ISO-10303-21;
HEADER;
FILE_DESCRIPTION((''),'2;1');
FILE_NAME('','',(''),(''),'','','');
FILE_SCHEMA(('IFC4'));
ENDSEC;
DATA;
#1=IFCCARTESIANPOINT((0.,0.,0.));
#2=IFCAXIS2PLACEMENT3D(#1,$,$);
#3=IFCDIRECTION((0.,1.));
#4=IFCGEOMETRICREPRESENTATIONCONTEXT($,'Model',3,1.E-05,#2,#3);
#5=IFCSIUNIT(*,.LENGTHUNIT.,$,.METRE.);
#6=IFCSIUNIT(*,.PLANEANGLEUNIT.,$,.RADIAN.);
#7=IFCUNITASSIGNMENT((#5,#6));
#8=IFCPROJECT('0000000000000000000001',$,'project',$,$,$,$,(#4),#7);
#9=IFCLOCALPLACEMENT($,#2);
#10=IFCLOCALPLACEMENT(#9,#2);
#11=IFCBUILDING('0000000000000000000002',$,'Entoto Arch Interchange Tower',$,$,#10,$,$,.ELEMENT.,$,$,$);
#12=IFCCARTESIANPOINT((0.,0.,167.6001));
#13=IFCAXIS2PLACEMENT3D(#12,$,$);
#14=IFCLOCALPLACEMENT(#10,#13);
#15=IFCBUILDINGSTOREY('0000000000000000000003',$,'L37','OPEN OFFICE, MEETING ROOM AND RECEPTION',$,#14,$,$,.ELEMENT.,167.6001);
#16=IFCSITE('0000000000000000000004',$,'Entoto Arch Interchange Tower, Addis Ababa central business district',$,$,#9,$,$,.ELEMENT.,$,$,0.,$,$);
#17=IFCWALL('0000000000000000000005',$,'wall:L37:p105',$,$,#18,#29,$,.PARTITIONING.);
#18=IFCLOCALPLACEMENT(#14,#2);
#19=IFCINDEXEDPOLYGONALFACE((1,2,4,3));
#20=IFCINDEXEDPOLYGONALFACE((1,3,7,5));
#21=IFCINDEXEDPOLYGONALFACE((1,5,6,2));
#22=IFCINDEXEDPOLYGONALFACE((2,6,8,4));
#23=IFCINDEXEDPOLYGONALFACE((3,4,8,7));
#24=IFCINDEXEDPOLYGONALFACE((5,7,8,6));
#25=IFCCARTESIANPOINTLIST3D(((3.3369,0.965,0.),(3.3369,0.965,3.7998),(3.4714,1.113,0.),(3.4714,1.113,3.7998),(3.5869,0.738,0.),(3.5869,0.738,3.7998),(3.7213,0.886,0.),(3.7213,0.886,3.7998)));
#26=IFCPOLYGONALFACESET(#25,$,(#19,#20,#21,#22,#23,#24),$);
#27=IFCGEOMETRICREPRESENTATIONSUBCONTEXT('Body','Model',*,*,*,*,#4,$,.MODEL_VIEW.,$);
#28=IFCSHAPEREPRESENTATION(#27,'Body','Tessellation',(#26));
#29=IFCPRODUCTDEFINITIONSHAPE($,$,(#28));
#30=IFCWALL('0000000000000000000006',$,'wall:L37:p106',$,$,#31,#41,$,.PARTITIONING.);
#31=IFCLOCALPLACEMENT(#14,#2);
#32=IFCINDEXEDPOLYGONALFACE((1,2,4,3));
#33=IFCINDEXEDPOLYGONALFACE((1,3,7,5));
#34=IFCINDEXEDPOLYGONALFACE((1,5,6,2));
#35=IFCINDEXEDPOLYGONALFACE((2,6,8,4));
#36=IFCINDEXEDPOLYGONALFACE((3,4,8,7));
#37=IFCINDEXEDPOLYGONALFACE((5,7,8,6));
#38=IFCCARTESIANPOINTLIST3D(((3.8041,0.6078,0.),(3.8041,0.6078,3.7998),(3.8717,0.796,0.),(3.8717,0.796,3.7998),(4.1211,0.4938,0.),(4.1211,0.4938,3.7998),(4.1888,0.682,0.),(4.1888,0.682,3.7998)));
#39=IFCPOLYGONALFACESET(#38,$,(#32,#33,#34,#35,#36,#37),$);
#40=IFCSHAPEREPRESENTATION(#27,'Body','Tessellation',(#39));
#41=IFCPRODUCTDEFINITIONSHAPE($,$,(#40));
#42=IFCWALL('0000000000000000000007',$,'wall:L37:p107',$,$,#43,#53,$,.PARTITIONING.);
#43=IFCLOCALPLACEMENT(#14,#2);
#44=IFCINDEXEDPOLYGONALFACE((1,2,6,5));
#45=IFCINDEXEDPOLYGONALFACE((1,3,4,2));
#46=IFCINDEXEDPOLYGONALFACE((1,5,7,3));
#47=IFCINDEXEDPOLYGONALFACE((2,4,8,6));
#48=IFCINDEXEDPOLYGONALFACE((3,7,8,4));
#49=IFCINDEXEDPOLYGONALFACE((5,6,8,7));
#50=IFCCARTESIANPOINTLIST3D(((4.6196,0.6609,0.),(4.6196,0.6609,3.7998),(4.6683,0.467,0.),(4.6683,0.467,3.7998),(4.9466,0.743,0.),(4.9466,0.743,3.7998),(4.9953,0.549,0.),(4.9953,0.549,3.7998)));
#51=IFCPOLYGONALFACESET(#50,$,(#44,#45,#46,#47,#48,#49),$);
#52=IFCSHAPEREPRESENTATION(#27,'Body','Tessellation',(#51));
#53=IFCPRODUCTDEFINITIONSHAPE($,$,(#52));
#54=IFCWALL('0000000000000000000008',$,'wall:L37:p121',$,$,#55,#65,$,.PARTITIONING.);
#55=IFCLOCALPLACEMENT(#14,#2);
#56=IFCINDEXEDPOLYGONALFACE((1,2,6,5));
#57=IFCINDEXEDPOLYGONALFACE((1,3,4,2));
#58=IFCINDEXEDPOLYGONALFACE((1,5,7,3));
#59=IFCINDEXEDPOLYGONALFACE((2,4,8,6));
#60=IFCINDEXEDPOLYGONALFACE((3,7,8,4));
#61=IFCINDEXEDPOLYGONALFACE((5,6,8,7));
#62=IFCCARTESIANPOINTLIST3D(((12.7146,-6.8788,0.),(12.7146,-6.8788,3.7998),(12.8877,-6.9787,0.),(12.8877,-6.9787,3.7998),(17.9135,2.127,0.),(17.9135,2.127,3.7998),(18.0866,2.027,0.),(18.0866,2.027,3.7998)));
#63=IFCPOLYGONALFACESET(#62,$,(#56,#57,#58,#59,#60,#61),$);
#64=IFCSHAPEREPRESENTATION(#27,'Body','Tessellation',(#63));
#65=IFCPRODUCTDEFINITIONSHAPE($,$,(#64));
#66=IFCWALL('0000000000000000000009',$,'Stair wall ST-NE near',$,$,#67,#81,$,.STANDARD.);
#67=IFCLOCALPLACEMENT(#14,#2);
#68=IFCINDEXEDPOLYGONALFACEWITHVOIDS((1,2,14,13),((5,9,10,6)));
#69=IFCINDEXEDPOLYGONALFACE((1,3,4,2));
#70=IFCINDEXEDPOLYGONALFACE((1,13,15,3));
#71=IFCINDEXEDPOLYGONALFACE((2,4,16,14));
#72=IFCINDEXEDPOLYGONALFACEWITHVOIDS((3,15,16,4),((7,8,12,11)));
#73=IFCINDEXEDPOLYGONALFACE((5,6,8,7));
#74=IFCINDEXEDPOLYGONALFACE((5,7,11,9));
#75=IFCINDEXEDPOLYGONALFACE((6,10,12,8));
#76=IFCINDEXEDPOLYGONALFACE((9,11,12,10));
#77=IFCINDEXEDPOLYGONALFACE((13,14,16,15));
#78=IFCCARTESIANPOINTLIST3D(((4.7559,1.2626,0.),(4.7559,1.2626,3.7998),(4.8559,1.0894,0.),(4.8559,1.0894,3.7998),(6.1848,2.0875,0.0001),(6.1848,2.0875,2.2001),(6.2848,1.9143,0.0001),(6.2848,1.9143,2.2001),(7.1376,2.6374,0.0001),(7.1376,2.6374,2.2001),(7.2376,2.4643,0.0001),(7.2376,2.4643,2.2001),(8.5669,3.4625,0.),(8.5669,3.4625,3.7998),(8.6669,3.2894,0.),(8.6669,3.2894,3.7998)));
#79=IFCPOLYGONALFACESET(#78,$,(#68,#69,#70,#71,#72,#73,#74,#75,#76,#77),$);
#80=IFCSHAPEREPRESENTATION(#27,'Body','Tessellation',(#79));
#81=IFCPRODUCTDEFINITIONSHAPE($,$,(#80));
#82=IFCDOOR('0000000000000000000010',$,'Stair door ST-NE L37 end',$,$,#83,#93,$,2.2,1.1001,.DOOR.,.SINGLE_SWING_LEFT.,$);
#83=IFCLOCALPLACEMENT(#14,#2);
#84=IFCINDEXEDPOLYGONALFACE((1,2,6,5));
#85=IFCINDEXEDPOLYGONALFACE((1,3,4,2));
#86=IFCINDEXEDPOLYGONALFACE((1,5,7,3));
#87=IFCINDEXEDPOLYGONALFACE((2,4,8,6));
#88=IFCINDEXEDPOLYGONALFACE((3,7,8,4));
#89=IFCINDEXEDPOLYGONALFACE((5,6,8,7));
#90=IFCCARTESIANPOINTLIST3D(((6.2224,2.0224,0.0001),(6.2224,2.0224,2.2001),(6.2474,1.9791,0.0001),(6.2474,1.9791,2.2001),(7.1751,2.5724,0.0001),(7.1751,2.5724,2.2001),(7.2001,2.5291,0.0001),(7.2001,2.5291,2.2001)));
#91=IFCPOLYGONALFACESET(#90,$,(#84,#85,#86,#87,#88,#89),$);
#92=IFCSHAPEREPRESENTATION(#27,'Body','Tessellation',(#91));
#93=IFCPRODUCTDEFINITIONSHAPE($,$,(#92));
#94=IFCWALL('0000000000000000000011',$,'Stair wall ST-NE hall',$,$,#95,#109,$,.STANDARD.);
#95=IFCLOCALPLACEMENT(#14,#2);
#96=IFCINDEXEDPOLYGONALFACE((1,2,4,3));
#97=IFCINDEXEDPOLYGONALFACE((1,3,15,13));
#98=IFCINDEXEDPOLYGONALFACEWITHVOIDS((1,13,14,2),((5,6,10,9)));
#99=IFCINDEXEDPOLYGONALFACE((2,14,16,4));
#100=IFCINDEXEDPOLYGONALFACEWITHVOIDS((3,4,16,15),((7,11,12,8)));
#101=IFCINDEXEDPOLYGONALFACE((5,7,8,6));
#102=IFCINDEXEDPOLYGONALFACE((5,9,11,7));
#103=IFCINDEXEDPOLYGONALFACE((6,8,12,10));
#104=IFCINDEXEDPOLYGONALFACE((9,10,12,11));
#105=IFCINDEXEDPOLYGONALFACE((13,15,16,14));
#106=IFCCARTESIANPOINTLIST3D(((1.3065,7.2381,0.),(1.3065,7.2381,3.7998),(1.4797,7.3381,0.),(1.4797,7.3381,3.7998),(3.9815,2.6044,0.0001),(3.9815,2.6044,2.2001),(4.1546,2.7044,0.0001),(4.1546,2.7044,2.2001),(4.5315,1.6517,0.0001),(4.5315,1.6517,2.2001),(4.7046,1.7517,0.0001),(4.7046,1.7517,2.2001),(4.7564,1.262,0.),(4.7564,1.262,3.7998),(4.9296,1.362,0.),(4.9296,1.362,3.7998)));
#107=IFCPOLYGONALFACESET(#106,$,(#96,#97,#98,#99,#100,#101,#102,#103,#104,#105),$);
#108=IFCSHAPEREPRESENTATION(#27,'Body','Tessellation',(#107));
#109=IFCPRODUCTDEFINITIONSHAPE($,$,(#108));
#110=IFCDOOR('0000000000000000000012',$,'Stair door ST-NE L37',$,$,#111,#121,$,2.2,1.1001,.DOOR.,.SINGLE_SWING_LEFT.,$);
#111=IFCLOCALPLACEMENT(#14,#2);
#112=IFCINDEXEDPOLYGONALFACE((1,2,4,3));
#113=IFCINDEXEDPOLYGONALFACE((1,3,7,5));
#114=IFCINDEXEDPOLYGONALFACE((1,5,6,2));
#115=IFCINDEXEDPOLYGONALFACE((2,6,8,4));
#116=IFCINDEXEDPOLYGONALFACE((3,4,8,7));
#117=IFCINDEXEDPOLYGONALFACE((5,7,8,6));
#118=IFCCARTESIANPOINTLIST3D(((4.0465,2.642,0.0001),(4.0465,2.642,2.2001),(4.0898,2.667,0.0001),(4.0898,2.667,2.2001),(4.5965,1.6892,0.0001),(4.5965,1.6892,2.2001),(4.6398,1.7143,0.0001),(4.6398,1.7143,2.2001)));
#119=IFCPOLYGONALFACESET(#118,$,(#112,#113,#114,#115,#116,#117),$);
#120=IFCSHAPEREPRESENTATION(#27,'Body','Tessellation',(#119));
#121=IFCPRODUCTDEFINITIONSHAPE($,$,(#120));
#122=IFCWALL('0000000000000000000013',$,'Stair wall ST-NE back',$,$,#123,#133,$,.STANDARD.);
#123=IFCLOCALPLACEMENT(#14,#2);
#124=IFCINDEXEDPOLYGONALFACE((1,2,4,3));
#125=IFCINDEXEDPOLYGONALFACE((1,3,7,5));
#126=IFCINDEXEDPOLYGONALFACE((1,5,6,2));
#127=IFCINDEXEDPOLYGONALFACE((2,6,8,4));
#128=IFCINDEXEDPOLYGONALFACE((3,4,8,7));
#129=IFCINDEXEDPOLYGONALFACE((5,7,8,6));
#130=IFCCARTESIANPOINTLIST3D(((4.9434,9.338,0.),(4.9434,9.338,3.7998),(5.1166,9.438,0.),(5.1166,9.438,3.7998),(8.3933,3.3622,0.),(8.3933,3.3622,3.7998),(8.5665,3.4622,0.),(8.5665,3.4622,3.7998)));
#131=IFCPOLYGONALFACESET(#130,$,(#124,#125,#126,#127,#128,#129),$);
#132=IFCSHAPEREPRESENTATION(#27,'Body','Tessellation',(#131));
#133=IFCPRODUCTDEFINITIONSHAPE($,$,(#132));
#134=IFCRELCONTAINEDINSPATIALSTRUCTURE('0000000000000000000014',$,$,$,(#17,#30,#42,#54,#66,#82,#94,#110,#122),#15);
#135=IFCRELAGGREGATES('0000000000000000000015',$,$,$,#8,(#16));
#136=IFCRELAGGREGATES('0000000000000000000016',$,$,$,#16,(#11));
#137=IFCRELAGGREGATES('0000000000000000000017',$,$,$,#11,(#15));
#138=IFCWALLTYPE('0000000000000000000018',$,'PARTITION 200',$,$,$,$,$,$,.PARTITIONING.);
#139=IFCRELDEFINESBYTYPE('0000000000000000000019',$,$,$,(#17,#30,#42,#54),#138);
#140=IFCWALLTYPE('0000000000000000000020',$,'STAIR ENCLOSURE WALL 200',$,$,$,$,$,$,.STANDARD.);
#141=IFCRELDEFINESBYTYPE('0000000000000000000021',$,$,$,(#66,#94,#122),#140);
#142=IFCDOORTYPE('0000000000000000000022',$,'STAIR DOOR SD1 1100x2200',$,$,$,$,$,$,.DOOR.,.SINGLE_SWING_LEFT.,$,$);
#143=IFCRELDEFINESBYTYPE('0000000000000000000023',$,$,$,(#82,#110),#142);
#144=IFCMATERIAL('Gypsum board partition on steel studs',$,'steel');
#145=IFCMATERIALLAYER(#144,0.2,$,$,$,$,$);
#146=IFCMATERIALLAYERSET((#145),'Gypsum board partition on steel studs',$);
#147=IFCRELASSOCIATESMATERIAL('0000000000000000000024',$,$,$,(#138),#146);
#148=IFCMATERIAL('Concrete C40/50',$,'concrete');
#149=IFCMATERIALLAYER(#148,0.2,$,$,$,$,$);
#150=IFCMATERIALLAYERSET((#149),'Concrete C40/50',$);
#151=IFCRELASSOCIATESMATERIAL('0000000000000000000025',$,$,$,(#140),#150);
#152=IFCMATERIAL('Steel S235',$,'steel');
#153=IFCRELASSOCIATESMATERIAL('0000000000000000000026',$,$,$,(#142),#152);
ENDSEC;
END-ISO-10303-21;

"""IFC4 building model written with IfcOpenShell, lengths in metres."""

from ifc_helpers import new_model, si_unit, direction, frame, frame_2d, origin, place, context, subcontext, project, spatial, rectangle, extrude, material, layer, layer_set, type_object, element, fill, save


model = new_model("IFC4")

# Units and contexts
model_context = context("Model", 3, precision=1e-05, world=origin(), true_north=direction((0.0, 1.0)))
body_context = subcontext(model_context, "Body", "Model", "MODEL_VIEW")
ifc_project = project(units=[si_unit("LENGTHUNIT", "METRE"), si_unit("PLANEANGLEUNIT", "RADIAN")], contexts=[model_context])

# Site, building, storey
site_placement = place(None, origin())
site = spatial("IfcSite", under=ifc_project, at=site_placement, Name="Entoto Arch Interchange Tower, Addis Ababa central business district", CompositionType="ELEMENT", RefElevation=0.0)
building_placement = place(site_placement, origin())
building = spatial("IfcBuilding", under=site, at=building_placement, Name="Entoto Arch Interchange Tower", CompositionType="ELEMENT")
storey_placement = place(building_placement, frame((0.0, 0.0, 167.6001)))
storey = spatial("IfcBuildingStorey", under=building, at=storey_placement, Name="L37", Description="OPEN OFFICE, MEETING ROOM AND RECEPTION", CompositionType="ELEMENT", Elevation=167.6001)

# Shared definitions
ifc_material_1 = material(Name="Concrete C40/50", Category="concrete")

# Shared definitions
ifc_material_2 = material(Name="Gypsum board partition on steel studs", Category="steel")
ifc_layer_1 = layer(ifc_material_2, 0.2)
ifc_layer_set_1 = layer_set([ifc_layer_1], Name="Gypsum board partition on steel studs")
wall_type_1 = type_object("IfcWallType", Name="PARTITION 200", PredefinedType="PARTITIONING", material=ifc_layer_set_1)

# Walls
wall_1_placement = place(storey_placement, frame((3.4041, 1.0391, 0.0), z_axis=(0.0, 0.0, 1.0), x_axis=(0.740267, -0.672313, 0.0)))
element("IfcWall", 1, at=wall_1_placement, inside=storey, type_object=wall_type_1, Name="wall:L37:p105", PredefinedType="PARTITIONING", context=body_context, shape_type="SweptSolid", body=[
    extrude(rectangle(XDim=0.3376, YDim=0.2, at=frame_2d((0.1689, 0.0))), origin(), (0.0, 0.0, 1.0), 3.7998),
])
wall_2_placement = place(storey_placement, frame((3.8379, 0.7019, 0.0), z_axis=(0.0, 0.0, 1.0), x_axis=(0.941035, -0.338309, 0.0)))
element("IfcWall", 2, at=wall_2_placement, inside=storey, type_object=wall_type_1, Name="wall:L37:p106", PredefinedType="PARTITIONING", context=body_context, shape_type="SweptSolid", body=[
    extrude(rectangle(XDim=0.3369, YDim=0.2, at=frame_2d((0.1685, 0.0))), origin(), (0.0, 0.0, 1.0), 3.7998),
])
wall_3_placement = place(storey_placement, frame((4.644, 0.564, 0.0), z_axis=(0.0, 0.0, 1.0), x_axis=(0.969929, 0.243388, 0.0)))
element("IfcWall", 3, at=wall_3_placement, inside=storey, type_object=wall_type_1, Name="wall:L37:p107", PredefinedType="PARTITIONING", context=body_context, shape_type="SweptSolid", body=[
    extrude(rectangle(XDim=0.3372, YDim=0.2, at=frame_2d((0.1685, 0.0))), origin(), (0.0, 0.0, 1.0), 3.7998),
])
wall_4_placement = place(storey_placement, frame((18.0, 2.0769, 0.0), z_axis=(0.0, 0.0, 1.0), x_axis=(-0.49996, -0.866049, 0.0)))
element("IfcWall", 4, at=wall_4_placement, inside=storey, type_object=wall_type_1, Name="wall:L37:p121", PredefinedType="PARTITIONING", context=body_context, shape_type="SweptSolid", body=[
    extrude(rectangle(XDim=10.3987, YDim=0.2, at=frame_2d((5.1992, 0.0))), origin(), (0.0, 0.0, 1.0), 3.7998),
])

# Walls, openings, doors
ifc_layer_2 = layer(ifc_material_1, 0.2)
ifc_layer_set_2 = layer_set([ifc_layer_2], Name="Concrete C40/50")
wall_type_2 = type_object("IfcWallType", Name="STAIR ENCLOSURE WALL 200", PredefinedType="STANDARD", material=ifc_layer_set_2)
wall_5_placement = place(storey_placement, frame((4.8059, 1.176, 0.0), z_axis=(0.0, 0.0, 1.0), x_axis=(0.86606, 0.49994, 0.0)))
wall_5 = element("IfcWall", 5, at=wall_5_placement, inside=storey, type_object=wall_type_2, Name="Stair wall ST-NE near", PredefinedType="STANDARD", context=body_context, shape_type="SweptSolid", body=[
    extrude(rectangle(XDim=4.4004, YDim=0.2, at=frame_2d((2.2002, 0.0))), origin(), (0.0, 0.0, 1.0), 3.7998),
])
opening_1_placement = place(wall_5_placement, frame((1.6499, 0.0, 0.0)))
opening_1 = element("IfcOpeningElement", 6, at=opening_1_placement, cuts=wall_5, PredefinedType="OPENING", context=body_context, shape_type="SweptSolid", body=[
    extrude(rectangle(XDim=1.1001, YDim=2.2, at=frame_2d((0.55, 1.1001))), frame((0.0, 0.1099, 0.0), z_axis=(0.0, -1.0, 0.0), x_axis=(1.0, 0.0, 0.0)), (0.0, 0.0, 1.0), 0.22),
])
ifc_material_3 = material(Name="Steel S235", Category="steel")
door_type_1 = type_object("IfcDoorType", Name="STAIR DOOR SD1 1100x2200", OperationType="SINGLE_SWING_LEFT", PredefinedType="DOOR", material=ifc_material_3)
door_1_placement = place(opening_1_placement, origin())
door_1 = element("IfcDoor", 7, at=door_1_placement, inside=storey, type_object=door_type_1, Name="Stair door ST-NE L37 end", OperationType="SINGLE_SWING_LEFT", OverallHeight=2.2, OverallWidth=1.1001, PredefinedType="DOOR", context=body_context, shape_type="SweptSolid", body=[
    extrude(rectangle(XDim=1.1001, YDim=2.2, at=frame_2d((0.55, 1.1001))), frame((0.0, 0.0249, 0.0), z_axis=(0.0, -1.0, 0.0), x_axis=(1.0, 0.0, 0.0)), (0.0, 0.0, 1.0), 0.05),
])
fill(opening_1, door_1)
wall_6_placement = place(storey_placement, frame((4.843, 1.312, 0.0), z_axis=(0.0, 0.0, 1.0), x_axis=(-0.499963, 0.866047, 0.0)))
wall_6 = element("IfcWall", 8, at=wall_6_placement, inside=storey, type_object=wall_type_2, Name="Stair wall ST-NE hall", PredefinedType="STANDARD", context=body_context, shape_type="SweptSolid", body=[
    extrude(rectangle(XDim=6.9004, YDim=0.2, at=frame_2d((3.4502, 0.0))), origin(), (0.0, 0.0, 1.0), 3.7998),
])
opening_2_placement = place(wall_6_placement, frame((0.45, 0.0, 0.0)))
opening_2 = element("IfcOpeningElement", 9, at=opening_2_placement, cuts=wall_6, PredefinedType="OPENING", context=body_context, shape_type="SweptSolid", body=[
    extrude(rectangle(XDim=1.1001, YDim=2.2, at=frame_2d((0.55, 1.1001))), frame((0.0, 0.1099, 0.0), z_axis=(0.0, -1.0, 0.0), x_axis=(1.0, 0.0, 0.0)), (0.0, 0.0, 1.0), 0.22),
])
door_2_placement = place(opening_2_placement, origin())
door_2 = element("IfcDoor", 10, at=door_2_placement, inside=storey, type_object=door_type_1, Name="Stair door ST-NE L37", OperationType="SINGLE_SWING_LEFT", OverallHeight=2.2, OverallWidth=1.1001, PredefinedType="DOOR", context=body_context, shape_type="SweptSolid", body=[
    extrude(rectangle(XDim=1.1001, YDim=2.2, at=frame_2d((0.55, 1.1001))), frame((0.0, 0.0249, 0.0), z_axis=(0.0, -1.0, 0.0), x_axis=(1.0, 0.0, 0.0)), (0.0, 0.0, 1.0), 0.05),
])
fill(opening_2, door_2)

# Wall
wall_7_placement = place(storey_placement, frame((8.48, 3.4121, 0.0), z_axis=(0.0, 0.0, 1.0), x_axis=(-0.499979, 0.866038, 0.0)))
element("IfcWall", 11, at=wall_7_placement, inside=storey, type_object=wall_type_2, Name="Stair wall ST-NE back", PredefinedType="STANDARD", context=body_context, shape_type="SweptSolid", body=[
    extrude(rectangle(XDim=6.9001, YDim=0.2, at=frame_2d((3.4502, 0.0))), origin(), (0.0, 0.0, 1.0), 3.7998),
])

save(model, "model.ifc")
